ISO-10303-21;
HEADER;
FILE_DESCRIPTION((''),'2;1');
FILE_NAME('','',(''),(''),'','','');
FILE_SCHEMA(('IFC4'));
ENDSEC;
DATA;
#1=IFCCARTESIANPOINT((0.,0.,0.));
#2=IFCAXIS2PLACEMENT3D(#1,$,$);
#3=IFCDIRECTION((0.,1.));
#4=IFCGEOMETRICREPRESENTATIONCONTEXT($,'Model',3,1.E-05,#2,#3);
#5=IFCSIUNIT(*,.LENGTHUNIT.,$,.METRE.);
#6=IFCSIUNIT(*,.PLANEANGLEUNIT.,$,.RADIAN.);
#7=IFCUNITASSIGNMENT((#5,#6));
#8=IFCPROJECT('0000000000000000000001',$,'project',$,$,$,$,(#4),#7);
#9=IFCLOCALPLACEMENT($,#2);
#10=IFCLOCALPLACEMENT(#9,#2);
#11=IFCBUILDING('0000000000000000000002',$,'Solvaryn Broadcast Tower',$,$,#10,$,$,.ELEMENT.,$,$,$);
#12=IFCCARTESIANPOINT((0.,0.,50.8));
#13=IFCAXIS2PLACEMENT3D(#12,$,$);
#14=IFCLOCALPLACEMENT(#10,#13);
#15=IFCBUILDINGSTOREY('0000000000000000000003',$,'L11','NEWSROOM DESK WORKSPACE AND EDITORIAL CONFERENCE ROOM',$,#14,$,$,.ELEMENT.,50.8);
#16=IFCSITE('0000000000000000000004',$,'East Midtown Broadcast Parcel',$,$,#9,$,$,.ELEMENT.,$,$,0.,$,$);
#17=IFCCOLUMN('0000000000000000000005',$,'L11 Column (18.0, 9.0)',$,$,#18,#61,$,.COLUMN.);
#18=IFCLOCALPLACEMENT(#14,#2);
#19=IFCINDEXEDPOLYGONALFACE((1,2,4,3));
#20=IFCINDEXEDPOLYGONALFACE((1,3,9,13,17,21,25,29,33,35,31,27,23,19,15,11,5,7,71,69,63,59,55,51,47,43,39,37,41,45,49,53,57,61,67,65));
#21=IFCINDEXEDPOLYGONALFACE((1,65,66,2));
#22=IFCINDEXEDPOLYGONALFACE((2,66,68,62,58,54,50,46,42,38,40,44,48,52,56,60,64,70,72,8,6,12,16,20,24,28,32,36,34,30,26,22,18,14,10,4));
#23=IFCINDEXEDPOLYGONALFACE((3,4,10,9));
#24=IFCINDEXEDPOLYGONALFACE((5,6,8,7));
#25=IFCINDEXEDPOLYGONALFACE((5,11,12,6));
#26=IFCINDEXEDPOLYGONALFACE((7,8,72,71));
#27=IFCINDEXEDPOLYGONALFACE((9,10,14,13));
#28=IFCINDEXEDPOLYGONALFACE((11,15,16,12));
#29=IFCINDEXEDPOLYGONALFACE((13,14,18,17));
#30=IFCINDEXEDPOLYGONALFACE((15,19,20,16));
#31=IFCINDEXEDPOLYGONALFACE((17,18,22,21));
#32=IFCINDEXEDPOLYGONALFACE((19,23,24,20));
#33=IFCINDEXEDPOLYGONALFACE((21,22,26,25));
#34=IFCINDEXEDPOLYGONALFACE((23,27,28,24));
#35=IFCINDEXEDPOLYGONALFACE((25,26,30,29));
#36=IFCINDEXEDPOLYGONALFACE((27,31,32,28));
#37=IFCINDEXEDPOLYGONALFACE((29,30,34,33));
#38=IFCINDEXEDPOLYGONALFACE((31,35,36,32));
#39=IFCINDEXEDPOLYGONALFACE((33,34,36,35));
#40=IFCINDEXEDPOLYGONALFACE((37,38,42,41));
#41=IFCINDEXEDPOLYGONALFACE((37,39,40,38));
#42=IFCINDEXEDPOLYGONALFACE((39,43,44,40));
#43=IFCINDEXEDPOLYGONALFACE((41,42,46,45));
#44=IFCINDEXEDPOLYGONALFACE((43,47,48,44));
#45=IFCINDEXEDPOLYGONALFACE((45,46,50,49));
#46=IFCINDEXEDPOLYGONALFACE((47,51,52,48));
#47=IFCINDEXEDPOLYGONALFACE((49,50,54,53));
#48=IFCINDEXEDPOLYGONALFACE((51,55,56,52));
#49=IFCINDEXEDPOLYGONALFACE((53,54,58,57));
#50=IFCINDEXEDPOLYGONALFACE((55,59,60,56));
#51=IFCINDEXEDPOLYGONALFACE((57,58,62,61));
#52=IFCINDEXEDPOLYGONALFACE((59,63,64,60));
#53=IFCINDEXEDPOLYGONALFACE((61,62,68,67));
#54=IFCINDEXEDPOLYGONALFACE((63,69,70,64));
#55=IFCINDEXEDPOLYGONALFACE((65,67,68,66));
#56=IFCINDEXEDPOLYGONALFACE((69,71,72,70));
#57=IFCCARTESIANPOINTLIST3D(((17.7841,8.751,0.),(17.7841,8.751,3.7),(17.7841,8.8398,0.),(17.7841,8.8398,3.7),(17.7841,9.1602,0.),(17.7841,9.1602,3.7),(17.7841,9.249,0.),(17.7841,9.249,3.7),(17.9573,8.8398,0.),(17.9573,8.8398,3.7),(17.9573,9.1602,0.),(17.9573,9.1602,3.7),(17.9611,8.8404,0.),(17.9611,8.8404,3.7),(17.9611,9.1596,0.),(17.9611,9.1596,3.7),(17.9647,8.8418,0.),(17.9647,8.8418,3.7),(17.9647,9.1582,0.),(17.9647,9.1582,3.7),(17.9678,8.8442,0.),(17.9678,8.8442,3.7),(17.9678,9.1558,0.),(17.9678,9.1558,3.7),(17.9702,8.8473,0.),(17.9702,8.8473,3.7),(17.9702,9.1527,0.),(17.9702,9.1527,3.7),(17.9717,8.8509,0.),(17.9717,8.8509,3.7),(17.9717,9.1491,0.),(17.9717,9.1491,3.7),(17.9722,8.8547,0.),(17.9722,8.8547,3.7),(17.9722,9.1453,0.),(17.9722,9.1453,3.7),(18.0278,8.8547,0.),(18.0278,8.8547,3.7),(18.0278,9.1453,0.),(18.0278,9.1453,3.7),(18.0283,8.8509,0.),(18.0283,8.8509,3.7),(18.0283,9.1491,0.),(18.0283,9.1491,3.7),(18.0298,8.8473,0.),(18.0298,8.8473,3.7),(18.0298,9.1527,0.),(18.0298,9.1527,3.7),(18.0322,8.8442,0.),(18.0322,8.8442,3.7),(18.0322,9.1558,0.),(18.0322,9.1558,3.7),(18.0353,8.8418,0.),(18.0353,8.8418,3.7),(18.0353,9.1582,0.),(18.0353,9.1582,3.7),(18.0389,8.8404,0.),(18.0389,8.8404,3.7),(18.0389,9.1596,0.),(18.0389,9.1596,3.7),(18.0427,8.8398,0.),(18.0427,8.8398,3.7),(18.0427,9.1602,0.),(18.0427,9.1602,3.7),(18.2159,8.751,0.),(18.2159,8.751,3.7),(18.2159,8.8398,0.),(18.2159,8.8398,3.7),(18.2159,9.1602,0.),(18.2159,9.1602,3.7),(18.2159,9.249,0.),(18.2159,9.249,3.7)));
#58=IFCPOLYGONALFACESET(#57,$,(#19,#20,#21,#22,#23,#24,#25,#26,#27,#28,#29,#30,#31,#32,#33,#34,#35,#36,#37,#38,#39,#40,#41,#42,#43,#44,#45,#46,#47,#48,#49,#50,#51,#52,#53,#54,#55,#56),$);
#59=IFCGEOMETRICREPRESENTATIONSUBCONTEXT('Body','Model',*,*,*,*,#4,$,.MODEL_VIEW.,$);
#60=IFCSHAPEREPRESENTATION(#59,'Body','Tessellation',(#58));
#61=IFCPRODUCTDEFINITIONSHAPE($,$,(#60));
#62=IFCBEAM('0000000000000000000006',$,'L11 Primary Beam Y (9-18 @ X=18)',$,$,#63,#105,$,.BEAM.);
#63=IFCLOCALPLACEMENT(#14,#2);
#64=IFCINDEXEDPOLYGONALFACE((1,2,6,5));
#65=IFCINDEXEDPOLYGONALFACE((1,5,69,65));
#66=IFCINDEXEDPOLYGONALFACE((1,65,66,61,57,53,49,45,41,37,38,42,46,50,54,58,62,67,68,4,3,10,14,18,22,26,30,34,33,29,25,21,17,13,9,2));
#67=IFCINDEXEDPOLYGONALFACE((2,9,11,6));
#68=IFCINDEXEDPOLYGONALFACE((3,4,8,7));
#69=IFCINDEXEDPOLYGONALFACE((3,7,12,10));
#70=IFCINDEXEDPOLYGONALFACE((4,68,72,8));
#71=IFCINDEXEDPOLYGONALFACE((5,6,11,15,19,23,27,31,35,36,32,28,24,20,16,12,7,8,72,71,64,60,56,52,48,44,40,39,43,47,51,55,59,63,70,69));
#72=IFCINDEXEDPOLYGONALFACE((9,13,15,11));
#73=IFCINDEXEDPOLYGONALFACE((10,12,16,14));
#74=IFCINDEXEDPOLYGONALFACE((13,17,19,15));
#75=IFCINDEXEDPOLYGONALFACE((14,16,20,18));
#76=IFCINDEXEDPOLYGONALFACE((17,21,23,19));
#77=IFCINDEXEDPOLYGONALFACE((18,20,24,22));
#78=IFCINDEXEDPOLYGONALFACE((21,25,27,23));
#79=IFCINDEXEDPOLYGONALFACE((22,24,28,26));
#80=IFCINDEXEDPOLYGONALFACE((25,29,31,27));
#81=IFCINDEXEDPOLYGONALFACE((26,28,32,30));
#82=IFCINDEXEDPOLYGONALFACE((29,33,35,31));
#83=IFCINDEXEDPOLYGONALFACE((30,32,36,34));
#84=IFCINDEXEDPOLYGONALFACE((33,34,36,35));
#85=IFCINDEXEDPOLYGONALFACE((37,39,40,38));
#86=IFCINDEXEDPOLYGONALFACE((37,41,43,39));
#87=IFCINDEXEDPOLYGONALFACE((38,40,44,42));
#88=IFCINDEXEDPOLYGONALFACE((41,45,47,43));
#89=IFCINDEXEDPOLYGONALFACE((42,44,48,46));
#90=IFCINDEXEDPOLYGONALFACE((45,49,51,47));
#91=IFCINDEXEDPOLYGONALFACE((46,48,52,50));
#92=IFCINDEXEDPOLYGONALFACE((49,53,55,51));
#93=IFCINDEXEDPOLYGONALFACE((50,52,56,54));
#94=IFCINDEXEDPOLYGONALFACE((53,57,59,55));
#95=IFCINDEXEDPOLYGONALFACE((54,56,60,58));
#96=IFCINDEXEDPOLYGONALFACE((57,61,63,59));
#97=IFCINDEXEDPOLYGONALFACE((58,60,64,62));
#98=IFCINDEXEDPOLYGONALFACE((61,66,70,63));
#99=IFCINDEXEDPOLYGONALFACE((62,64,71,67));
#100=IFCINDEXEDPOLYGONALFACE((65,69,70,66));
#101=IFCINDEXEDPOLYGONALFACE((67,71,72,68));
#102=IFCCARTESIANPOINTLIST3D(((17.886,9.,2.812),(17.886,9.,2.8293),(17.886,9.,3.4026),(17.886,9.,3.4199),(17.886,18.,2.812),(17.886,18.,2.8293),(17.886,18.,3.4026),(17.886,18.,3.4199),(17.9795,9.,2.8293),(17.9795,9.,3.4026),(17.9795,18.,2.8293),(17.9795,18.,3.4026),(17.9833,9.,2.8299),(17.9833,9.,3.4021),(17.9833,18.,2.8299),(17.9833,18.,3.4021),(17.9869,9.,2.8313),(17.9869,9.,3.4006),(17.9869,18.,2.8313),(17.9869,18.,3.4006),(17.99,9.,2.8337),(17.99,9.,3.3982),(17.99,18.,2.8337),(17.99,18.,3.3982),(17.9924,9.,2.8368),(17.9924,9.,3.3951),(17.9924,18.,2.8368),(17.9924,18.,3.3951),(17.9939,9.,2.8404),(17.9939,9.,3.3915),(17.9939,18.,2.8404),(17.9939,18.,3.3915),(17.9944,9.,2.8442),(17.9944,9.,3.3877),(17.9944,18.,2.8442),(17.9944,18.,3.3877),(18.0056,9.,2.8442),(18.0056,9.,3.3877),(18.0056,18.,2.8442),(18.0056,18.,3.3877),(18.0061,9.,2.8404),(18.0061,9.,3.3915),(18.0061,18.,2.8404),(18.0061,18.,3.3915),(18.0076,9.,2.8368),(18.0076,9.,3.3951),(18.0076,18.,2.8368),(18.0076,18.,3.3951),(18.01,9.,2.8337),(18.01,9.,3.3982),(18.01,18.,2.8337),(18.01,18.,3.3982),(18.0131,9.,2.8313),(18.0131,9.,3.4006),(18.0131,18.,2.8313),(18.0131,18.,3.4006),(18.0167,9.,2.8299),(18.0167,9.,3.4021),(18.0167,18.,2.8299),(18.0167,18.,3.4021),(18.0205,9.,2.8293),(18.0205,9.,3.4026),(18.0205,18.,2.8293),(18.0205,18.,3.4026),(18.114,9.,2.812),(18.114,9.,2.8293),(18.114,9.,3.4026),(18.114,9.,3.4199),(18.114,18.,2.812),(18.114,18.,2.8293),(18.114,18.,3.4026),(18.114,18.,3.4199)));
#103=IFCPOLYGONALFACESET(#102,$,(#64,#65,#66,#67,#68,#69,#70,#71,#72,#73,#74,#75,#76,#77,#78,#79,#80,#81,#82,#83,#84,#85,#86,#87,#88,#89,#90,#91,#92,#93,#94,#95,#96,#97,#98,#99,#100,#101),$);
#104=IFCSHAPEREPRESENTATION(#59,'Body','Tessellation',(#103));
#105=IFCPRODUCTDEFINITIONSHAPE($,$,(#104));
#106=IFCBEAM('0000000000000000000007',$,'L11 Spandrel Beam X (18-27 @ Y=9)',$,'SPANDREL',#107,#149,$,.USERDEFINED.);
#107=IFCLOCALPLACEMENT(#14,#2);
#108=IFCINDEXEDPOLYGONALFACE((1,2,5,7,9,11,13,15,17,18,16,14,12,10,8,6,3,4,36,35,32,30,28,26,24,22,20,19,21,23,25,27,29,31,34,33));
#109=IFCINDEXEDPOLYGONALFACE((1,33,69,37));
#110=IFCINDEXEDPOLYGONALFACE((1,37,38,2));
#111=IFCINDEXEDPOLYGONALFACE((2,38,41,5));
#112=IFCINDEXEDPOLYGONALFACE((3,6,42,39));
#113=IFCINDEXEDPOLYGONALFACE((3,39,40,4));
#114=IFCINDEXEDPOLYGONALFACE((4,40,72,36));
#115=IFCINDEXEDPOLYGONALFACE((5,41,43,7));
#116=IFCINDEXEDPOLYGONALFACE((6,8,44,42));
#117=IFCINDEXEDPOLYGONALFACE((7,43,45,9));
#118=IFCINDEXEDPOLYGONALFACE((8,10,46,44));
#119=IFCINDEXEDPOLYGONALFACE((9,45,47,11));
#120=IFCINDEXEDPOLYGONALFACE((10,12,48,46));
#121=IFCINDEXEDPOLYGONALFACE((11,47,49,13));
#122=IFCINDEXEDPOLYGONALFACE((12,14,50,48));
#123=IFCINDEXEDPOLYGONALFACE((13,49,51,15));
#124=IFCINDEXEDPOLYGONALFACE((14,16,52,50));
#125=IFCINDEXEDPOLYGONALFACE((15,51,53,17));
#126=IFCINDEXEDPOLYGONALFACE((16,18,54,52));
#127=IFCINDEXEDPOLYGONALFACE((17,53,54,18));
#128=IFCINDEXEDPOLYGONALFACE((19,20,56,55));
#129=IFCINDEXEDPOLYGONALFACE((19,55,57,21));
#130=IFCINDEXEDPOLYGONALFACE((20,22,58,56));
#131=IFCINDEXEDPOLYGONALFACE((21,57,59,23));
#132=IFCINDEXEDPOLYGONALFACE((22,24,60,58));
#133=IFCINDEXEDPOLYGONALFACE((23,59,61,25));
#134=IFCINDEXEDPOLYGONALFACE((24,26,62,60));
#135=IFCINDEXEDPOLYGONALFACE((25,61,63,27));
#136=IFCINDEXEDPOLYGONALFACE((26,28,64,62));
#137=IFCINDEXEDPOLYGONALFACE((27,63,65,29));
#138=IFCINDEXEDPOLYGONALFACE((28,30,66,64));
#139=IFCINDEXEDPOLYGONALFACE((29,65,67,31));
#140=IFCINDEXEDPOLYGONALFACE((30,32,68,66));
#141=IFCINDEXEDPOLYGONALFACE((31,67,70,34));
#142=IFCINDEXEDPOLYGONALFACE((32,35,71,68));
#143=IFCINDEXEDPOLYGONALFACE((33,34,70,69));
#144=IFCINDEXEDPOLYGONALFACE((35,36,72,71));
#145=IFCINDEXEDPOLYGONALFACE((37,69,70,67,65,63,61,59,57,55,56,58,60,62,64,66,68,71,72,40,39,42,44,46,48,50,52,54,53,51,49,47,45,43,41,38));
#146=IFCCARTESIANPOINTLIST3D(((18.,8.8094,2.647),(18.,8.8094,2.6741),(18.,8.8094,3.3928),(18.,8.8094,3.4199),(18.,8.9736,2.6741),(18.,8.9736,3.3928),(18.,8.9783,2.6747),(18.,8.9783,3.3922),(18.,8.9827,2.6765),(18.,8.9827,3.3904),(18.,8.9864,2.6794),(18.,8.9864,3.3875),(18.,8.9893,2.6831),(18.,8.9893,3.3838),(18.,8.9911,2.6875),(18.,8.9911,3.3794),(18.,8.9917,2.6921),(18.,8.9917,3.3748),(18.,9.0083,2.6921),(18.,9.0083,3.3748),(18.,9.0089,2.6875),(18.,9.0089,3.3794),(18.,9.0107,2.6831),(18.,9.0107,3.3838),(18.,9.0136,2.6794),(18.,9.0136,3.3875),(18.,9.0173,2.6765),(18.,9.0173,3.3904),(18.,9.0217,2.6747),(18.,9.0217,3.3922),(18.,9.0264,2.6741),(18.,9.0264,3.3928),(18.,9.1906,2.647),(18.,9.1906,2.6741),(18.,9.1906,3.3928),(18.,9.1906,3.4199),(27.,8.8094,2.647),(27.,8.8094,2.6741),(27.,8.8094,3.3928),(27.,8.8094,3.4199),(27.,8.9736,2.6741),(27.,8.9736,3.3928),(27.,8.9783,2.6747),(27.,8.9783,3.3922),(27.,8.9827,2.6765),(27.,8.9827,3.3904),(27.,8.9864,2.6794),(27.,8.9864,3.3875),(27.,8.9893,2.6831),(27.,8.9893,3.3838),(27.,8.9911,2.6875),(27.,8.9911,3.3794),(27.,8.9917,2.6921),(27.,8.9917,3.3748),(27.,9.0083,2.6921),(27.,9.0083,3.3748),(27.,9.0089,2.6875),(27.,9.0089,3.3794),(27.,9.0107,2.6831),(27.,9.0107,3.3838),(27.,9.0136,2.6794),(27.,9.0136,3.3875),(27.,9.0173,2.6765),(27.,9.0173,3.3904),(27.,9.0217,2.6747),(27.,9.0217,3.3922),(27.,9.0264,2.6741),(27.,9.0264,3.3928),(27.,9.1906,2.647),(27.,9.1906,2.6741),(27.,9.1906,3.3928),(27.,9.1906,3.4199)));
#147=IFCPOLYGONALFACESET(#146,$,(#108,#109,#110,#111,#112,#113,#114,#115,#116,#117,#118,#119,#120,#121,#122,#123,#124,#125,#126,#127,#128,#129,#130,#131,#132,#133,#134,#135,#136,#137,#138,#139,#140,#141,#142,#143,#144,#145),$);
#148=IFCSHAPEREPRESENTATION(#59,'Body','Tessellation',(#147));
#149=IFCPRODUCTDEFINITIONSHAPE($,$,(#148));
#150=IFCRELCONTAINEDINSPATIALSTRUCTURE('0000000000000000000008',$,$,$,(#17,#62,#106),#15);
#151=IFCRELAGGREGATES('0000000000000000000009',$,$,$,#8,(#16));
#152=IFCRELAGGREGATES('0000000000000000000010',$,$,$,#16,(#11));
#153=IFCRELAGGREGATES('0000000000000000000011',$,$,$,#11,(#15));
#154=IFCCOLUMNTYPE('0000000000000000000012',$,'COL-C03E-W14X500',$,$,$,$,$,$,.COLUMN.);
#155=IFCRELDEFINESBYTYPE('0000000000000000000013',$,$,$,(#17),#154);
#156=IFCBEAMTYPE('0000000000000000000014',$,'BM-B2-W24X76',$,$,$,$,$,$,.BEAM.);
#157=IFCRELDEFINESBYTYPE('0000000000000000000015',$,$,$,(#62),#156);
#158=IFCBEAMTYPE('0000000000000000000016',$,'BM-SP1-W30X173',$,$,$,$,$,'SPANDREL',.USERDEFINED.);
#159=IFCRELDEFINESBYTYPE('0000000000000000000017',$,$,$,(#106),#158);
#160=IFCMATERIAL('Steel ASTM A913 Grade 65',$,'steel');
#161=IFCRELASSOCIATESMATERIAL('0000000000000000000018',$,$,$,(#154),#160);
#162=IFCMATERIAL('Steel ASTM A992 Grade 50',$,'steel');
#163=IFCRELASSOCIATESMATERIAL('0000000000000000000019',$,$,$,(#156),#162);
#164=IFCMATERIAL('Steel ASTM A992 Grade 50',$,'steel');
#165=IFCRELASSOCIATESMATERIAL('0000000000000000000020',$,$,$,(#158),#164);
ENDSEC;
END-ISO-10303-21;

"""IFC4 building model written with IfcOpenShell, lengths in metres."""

from ifc_helpers import new_model, si_unit, direction, frame, origin, origin_2d, place, context, subcontext, project, spatial, i_section, extrude, material, material_profile, profile_set, type_object, element, save


model = new_model("IFC4")

# Units and contexts
model_context = context("Model", 3, precision=1e-05, world=origin(), true_north=direction((0.0, 1.0)))
body_context = subcontext(model_context, "Body", "Model", "MODEL_VIEW")
ifc_project = project(units=[si_unit("LENGTHUNIT", "METRE"), si_unit("PLANEANGLEUNIT", "RADIAN")], contexts=[model_context])

# Site, building, storey
site_placement = place(None, origin())
site = spatial("IfcSite", under=ifc_project, at=site_placement, Name="East Midtown Broadcast Parcel", CompositionType="ELEMENT", RefElevation=0.0)
building_placement = place(site_placement, origin())
building = spatial("IfcBuilding", under=site, at=building_placement, Name="Solvaryn Broadcast Tower", CompositionType="ELEMENT")
storey_placement = place(building_placement, frame((0.0, 0.0, 50.8)))
storey = spatial("IfcBuildingStorey", under=building, at=storey_placement, Name="L11", Description="NEWSROOM DESK WORKSPACE AND EDITORIAL CONFERENCE ROOM", CompositionType="ELEMENT", Elevation=50.8)

# Column
ifc_material_1 = material(Name="Steel ASTM A913 Grade 65", Category="steel")
ifc_material_profile_1 = material_profile(ifc_material_1, i_section(OverallWidth=0.4319, OverallDepth=0.498, WebThickness=0.0557, FlangeThickness=0.0889, FilletRadius=0.0149, at=origin_2d()))
ifc_profile_set_1 = profile_set([ifc_material_profile_1], Name="Steel ASTM A913 Grade 65")
column_type = type_object("IfcColumnType", Name="COL-C03E-W14X500", PredefinedType="COLUMN", material=ifc_profile_set_1)
column_placement = place(storey_placement, frame((18.0, 9.0, 0.0), z_axis=(0.0, 0.0, 1.0), x_axis=(1.0, 0.0, 0.0)))
element("IfcColumn", 1, at=column_placement, inside=storey, type_object=column_type, Name="L11 Column (18.0, 9.0)", PredefinedType="COLUMN", context=body_context, shape_type="SweptSolid", body=[
    extrude(i_section(OverallWidth=0.4319, OverallDepth=0.498, WebThickness=0.0557, FlangeThickness=0.0889, FilletRadius=0.0149, at=origin_2d()), origin(), (0.0, 0.0, 1.0), 3.7),
])

# Beams
ifc_material_2 = material(Name="Steel ASTM A992 Grade 50", Category="steel")
ifc_material_profile_2 = material_profile(ifc_material_2, i_section(OverallWidth=0.228, OverallDepth=0.6079, WebThickness=0.0112, FlangeThickness=0.0173, FilletRadius=0.0149, at=origin_2d()))
ifc_profile_set_2 = profile_set([ifc_material_profile_2], Name="Steel ASTM A992 Grade 50")
beam_type_1 = type_object("IfcBeamType", Name="BM-B2-W24X76", PredefinedType="BEAM", material=ifc_profile_set_2)
beam_1_placement = place(storey_placement, frame((18.0, 9.0, 3.116), z_axis=(0.0, 1.0, 0.0), x_axis=(-1.0, 0.0, 0.0)))
element("IfcBeam", 2, at=beam_1_placement, inside=storey, type_object=beam_type_1, Name="L11 Primary Beam Y (9-18 @ X=18)", PredefinedType="BEAM", context=body_context, shape_type="SweptSolid", body=[
    extrude(i_section(OverallWidth=0.228, OverallDepth=0.6079, WebThickness=0.0112, FlangeThickness=0.0173, FilletRadius=0.0149, at=origin_2d()), origin(), (0.0, 0.0, 1.0), 9.0),
])
ifc_material_3 = material(Name="Steel ASTM A992 Grade 50", Category="steel")
ifc_material_profile_3 = material_profile(ifc_material_3, i_section(OverallWidth=0.3811, OverallDepth=0.7729, WebThickness=0.0166, FlangeThickness=0.0271, FilletRadius=0.0181, at=origin_2d()))
ifc_profile_set_3 = profile_set([ifc_material_profile_3], Name="Steel ASTM A992 Grade 50")
beam_type_2 = type_object("IfcBeamType", Name="BM-SP1-W30X173", ElementType="SPANDREL", PredefinedType="USERDEFINED", material=ifc_profile_set_3)
beam_2_placement = place(storey_placement, frame((18.0, 9.0, 3.0334), z_axis=(1.0, 0.0, 0.0), x_axis=(0.0, 1.0, 0.0)))
element("IfcBeam", 3, at=beam_2_placement, inside=storey, type_object=beam_type_2, Name="L11 Spandrel Beam X (18-27 @ Y=9)", ObjectType="SPANDREL", PredefinedType="USERDEFINED", context=body_context, shape_type="SweptSolid", body=[
    extrude(i_section(OverallWidth=0.3811, OverallDepth=0.7729, WebThickness=0.0166, FlangeThickness=0.0271, FilletRadius=0.0181, at=origin_2d()), origin(), (0.0, 0.0, 1.0), 9.0),
])

save(model, "model.ifc")
